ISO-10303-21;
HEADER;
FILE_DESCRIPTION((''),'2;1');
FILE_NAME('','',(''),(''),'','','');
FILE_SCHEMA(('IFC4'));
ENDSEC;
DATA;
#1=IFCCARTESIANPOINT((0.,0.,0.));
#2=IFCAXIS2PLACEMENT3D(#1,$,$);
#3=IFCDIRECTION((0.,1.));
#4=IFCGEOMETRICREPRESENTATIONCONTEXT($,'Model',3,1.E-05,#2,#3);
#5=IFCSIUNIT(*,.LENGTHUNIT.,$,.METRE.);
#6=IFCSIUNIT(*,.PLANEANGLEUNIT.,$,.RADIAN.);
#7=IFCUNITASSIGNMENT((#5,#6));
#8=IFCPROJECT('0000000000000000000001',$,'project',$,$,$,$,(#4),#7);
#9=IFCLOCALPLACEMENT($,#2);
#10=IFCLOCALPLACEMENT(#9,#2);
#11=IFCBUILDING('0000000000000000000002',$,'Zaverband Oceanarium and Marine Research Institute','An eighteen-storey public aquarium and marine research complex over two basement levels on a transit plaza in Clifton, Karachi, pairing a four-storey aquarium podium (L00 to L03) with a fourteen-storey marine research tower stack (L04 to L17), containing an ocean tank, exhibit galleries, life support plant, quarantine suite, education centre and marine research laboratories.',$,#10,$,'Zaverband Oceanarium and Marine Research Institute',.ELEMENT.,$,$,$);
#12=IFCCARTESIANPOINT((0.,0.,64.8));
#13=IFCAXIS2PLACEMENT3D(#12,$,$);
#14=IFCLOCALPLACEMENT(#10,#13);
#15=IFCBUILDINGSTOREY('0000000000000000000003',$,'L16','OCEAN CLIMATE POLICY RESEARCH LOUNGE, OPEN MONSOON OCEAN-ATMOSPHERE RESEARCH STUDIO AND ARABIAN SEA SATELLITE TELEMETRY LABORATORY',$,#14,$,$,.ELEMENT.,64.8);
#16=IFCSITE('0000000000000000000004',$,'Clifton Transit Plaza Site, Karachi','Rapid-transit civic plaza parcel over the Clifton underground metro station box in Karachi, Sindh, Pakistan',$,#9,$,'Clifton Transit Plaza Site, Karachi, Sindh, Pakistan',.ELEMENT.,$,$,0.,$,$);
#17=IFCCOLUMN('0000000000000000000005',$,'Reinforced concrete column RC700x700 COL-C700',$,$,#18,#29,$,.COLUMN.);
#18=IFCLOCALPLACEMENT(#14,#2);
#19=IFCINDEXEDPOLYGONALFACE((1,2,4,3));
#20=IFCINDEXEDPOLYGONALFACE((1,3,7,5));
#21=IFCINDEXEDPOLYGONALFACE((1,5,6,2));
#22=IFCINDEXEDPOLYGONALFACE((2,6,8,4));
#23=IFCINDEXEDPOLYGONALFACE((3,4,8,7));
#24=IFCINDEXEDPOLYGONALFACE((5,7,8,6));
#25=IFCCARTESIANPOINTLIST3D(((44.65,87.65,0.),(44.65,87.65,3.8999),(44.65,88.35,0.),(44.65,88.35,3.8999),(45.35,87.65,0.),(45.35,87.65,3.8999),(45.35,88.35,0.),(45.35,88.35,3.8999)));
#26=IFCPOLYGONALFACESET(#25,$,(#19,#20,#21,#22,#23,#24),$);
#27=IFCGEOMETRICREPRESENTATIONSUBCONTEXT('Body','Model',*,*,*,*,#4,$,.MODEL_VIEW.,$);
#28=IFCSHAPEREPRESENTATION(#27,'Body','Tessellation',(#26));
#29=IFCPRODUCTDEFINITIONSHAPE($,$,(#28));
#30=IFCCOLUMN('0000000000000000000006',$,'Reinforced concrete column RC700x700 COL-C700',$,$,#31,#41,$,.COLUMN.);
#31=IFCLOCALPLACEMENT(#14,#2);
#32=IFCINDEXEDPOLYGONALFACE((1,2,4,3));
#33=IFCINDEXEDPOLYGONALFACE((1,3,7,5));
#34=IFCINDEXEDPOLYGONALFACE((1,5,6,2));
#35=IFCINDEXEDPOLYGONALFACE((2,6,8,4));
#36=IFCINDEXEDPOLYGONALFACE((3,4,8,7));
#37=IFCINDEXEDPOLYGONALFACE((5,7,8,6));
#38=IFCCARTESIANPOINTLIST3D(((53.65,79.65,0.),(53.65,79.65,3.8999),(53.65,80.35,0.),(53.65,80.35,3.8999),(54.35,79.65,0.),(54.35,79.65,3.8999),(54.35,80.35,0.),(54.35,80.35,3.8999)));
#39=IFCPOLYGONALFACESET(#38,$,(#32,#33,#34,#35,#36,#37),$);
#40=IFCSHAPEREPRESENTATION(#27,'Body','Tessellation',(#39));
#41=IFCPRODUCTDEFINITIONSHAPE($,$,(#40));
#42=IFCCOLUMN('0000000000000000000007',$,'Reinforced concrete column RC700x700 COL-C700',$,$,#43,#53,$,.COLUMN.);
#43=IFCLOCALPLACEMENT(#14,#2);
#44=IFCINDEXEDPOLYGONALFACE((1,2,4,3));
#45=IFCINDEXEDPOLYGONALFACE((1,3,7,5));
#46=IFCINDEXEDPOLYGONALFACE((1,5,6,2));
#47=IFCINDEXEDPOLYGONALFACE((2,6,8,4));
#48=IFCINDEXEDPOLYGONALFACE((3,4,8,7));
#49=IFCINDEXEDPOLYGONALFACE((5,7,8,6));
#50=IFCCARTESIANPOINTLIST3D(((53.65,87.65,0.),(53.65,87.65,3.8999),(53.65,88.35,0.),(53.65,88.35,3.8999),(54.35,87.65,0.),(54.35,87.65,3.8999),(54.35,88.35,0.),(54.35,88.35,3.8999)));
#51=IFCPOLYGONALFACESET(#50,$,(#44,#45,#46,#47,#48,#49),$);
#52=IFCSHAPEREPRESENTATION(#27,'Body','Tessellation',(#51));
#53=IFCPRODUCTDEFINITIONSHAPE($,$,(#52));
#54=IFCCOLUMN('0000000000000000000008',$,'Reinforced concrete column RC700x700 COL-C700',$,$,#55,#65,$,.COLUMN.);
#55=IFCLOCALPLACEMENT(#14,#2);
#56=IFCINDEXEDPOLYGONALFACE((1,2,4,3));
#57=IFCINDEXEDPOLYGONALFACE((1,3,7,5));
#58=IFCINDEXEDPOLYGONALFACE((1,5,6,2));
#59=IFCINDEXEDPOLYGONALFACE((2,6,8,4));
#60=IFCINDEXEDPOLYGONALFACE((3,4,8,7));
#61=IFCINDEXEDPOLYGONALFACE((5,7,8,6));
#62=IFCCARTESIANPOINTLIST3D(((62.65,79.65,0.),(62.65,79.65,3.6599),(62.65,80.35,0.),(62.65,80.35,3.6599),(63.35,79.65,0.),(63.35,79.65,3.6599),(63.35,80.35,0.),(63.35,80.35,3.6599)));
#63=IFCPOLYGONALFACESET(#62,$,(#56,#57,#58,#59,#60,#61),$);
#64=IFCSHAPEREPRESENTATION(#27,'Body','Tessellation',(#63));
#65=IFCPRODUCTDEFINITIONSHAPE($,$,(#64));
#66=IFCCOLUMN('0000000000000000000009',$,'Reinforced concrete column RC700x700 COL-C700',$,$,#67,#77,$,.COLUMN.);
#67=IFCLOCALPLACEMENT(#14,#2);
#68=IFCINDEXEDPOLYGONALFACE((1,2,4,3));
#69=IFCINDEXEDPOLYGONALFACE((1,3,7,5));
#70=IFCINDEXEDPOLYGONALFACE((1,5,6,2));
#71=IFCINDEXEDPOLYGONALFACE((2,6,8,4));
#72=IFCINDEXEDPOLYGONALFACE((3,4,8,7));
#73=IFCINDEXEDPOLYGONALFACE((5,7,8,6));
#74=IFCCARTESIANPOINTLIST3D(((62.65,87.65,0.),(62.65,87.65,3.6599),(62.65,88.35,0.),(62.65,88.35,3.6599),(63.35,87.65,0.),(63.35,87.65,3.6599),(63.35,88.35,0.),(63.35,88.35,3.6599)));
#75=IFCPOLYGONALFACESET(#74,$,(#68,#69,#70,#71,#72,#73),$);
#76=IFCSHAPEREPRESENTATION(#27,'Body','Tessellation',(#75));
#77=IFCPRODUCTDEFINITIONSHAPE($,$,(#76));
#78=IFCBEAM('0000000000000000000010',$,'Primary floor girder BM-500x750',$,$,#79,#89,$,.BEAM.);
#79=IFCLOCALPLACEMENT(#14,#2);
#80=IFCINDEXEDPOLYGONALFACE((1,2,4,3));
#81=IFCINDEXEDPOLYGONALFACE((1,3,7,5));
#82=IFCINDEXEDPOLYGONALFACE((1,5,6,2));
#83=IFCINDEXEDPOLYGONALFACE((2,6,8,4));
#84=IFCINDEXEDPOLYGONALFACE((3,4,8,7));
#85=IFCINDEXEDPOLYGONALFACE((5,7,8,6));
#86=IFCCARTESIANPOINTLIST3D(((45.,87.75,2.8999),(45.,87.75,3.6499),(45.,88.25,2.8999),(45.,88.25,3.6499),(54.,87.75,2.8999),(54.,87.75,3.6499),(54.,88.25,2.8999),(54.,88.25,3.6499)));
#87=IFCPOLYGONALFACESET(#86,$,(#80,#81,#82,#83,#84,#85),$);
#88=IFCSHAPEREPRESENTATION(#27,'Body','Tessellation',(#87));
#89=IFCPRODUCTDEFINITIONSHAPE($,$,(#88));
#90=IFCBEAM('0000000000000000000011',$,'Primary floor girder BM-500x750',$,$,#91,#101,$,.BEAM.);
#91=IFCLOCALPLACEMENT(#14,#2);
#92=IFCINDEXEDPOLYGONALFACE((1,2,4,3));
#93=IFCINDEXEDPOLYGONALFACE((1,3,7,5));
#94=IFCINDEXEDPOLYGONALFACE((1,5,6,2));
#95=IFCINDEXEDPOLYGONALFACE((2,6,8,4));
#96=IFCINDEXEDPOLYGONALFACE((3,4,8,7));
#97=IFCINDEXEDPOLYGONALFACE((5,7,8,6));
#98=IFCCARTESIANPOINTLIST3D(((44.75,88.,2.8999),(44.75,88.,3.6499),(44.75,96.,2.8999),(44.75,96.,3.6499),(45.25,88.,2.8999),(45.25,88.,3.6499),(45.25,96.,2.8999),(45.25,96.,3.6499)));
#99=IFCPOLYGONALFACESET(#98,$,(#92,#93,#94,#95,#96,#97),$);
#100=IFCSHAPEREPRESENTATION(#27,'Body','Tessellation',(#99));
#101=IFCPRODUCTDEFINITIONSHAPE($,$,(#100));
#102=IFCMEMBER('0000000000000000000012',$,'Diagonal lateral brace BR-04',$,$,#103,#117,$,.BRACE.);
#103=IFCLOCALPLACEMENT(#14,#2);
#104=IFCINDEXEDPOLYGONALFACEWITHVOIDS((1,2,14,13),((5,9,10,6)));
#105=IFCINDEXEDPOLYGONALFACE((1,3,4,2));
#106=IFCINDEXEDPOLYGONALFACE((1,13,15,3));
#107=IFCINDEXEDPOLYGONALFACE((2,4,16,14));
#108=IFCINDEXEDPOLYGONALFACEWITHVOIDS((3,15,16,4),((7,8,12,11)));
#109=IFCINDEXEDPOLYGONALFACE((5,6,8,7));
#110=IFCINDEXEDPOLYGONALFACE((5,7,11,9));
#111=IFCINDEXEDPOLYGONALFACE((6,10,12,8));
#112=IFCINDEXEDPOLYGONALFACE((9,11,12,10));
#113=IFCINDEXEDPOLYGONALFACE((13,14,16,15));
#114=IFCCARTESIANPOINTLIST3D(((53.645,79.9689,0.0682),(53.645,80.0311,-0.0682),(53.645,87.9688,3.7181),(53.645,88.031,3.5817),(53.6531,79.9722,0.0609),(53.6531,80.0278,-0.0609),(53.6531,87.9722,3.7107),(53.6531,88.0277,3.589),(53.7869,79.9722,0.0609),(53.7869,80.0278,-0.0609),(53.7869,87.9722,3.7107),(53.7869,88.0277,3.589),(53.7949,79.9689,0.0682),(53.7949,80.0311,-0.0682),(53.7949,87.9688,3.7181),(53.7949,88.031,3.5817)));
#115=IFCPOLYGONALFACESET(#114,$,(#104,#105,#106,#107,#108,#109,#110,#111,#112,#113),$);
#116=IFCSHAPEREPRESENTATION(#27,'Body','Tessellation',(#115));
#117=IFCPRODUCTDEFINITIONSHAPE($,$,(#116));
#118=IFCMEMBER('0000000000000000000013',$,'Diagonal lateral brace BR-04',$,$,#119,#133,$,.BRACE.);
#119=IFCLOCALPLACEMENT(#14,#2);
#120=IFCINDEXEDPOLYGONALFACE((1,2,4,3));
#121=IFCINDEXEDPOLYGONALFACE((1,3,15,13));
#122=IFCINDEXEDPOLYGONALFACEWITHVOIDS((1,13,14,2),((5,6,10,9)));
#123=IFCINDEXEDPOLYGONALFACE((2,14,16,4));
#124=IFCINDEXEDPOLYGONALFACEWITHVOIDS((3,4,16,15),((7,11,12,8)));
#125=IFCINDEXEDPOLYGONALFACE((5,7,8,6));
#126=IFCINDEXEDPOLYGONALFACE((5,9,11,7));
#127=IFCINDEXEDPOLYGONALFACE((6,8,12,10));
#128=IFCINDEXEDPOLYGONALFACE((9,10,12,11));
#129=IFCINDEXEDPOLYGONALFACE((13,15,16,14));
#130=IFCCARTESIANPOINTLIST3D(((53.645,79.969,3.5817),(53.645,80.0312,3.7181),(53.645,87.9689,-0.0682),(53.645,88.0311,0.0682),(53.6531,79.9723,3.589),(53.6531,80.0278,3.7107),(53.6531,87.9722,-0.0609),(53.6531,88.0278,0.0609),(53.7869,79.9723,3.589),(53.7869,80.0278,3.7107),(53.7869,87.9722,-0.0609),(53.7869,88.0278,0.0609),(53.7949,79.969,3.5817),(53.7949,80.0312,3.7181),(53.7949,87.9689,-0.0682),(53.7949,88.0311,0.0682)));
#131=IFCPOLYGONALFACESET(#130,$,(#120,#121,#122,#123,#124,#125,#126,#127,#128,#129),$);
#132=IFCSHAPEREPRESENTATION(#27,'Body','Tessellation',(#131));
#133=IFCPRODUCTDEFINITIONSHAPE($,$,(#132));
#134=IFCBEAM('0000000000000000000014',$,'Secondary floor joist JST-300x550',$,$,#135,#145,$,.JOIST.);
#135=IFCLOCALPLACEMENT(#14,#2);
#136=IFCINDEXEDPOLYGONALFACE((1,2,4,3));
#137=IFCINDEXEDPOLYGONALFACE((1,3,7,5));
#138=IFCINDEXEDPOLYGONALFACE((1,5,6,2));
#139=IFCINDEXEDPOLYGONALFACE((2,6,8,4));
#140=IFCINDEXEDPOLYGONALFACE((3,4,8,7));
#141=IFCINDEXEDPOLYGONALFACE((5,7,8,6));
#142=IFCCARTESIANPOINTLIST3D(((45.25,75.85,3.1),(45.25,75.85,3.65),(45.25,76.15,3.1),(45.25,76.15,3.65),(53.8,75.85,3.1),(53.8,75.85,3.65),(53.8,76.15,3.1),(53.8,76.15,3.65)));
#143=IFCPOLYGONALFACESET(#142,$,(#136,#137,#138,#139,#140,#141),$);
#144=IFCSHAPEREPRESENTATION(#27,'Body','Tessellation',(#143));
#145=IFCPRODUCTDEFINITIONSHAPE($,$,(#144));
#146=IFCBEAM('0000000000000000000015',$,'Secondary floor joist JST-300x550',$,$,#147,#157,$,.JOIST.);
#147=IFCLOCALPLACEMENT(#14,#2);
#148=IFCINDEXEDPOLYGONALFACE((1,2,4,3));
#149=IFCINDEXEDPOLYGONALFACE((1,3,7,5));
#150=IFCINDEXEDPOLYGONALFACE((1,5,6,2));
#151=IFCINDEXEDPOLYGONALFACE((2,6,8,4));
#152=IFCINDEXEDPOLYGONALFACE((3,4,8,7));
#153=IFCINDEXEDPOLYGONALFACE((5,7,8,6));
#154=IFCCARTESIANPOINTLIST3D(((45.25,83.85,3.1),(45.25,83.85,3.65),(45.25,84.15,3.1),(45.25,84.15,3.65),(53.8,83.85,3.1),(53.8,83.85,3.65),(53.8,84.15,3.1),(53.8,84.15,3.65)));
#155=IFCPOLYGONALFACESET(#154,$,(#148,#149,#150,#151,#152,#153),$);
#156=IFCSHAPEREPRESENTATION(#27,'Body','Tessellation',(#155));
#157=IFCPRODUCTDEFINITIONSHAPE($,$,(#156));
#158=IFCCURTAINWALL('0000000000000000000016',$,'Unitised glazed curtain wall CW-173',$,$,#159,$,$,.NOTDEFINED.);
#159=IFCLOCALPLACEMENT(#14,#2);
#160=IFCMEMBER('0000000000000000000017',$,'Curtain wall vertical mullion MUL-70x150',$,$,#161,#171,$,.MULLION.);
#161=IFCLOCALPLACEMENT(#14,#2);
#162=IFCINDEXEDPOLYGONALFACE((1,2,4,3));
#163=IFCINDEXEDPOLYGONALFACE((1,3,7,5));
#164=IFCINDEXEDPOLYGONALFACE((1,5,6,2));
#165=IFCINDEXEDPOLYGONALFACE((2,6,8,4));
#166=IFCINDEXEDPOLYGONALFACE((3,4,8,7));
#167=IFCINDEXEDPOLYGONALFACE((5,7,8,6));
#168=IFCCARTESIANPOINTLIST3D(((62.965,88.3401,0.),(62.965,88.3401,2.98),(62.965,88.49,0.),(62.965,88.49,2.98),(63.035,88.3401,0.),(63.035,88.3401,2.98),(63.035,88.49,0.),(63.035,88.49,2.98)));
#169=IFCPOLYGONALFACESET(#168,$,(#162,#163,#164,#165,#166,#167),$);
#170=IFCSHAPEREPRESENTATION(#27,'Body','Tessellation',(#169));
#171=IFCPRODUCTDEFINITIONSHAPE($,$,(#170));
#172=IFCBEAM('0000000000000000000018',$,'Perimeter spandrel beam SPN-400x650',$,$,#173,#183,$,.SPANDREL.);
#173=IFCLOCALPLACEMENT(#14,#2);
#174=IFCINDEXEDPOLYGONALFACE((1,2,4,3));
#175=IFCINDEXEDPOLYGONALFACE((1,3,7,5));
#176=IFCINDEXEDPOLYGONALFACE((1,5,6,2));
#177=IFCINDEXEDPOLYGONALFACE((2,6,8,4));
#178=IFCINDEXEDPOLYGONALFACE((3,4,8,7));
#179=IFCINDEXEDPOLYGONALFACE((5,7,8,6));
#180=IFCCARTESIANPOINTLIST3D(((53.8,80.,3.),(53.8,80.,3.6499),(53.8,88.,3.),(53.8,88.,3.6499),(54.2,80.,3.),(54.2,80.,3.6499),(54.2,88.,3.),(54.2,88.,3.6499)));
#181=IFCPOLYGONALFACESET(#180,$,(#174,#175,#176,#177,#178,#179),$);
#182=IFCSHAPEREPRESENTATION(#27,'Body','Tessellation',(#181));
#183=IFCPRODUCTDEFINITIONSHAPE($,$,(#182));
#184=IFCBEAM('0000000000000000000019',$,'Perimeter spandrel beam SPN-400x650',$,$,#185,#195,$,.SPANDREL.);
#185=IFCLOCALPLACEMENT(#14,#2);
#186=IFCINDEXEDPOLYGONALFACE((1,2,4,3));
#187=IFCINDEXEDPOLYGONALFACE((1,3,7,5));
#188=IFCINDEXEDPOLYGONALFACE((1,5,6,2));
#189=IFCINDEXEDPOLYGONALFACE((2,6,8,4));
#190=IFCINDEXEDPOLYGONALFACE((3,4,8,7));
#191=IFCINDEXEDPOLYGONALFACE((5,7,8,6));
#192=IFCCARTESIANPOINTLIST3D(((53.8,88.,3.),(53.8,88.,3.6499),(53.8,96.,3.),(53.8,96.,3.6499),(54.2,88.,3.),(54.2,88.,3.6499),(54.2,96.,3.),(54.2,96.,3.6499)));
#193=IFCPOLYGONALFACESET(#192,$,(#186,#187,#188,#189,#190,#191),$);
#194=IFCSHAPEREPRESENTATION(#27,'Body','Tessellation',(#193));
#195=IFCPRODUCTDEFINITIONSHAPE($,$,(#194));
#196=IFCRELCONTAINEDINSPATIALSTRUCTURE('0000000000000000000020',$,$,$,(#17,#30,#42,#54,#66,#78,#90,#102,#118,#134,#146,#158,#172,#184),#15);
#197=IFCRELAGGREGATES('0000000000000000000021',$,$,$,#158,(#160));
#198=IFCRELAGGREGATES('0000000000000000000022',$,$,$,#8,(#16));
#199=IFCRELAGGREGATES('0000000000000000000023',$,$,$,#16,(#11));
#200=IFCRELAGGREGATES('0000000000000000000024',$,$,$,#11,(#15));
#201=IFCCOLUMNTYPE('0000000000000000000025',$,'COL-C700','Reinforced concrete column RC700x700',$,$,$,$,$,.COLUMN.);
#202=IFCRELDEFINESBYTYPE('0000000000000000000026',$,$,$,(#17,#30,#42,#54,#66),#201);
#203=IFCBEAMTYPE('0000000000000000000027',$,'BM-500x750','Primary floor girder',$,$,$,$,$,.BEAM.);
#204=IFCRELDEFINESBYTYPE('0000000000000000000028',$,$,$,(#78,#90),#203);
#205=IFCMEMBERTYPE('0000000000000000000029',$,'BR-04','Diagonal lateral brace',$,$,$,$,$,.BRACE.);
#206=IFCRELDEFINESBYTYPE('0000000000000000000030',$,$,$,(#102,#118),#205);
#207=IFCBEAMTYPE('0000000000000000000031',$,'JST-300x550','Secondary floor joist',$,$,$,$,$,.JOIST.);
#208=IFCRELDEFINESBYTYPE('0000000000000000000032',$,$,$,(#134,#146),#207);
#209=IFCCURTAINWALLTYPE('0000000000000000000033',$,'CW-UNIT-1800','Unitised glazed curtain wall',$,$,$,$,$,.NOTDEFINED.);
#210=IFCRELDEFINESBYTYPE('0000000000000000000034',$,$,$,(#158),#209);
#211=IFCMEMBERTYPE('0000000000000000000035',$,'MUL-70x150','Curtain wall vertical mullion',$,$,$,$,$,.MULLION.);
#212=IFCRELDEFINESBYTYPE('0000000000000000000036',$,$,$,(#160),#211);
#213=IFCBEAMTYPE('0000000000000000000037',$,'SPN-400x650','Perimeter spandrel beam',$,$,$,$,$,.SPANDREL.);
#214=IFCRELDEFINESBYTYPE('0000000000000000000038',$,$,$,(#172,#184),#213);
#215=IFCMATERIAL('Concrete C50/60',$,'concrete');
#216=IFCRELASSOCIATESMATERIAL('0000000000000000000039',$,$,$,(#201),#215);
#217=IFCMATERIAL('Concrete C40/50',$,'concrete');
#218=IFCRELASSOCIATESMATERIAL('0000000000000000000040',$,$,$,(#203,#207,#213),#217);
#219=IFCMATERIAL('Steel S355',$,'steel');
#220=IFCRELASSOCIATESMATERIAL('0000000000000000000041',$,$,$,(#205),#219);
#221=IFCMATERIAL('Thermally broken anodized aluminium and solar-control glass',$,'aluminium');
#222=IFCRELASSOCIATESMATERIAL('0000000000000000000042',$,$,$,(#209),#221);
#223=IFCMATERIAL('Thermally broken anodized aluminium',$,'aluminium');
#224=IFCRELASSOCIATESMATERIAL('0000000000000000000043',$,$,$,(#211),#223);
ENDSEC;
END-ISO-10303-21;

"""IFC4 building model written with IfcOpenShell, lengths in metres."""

from ifc_helpers import new_model, si_unit, direction, frame, origin, origin_2d, place, context, subcontext, project, spatial, rectangle, hollow_rectangle, extrude, material, material_profile, profile_set, type_object, element, aggregate, save


model = new_model("IFC4")

# Units and contexts
model_context = context("Model", 3, precision=1e-05, world=origin(), true_north=direction((0.0, 1.0)))
body_context = subcontext(model_context, "Body", "Model", "MODEL_VIEW")
ifc_project = project(units=[si_unit("LENGTHUNIT", "METRE"), si_unit("PLANEANGLEUNIT", "RADIAN")], contexts=[model_context])

# Site, building, storey
site_placement = place(None, origin())
site = spatial("IfcSite", under=ifc_project, at=site_placement, Name="Clifton Transit Plaza Site, Karachi", Description="Rapid-transit civic plaza parcel over the Clifton underground metro station box in Karachi, Sindh, Pakistan", LongName="Clifton Transit Plaza Site, Karachi, Sindh, Pakistan", CompositionType="ELEMENT", RefElevation=0.0)
building_placement = place(site_placement, origin())
building = spatial("IfcBuilding", under=site, at=building_placement, Name="Zaverband Oceanarium and Marine Research Institute", Description="An eighteen-storey public aquarium and marine research complex over two basement levels on a transit plaza in Clifton, Karachi, pairing a four-storey aquarium podium (L00 to L03) with a fourteen-storey marine research tower stack (L04 to L17), containing an ocean tank, exhibit galleries, life support plant, quarantine suite, education centre and marine research laboratories.", LongName="Zaverband Oceanarium and Marine Research Institute", CompositionType="ELEMENT")
storey_placement = place(building_placement, frame((0.0, 0.0, 64.8)))
storey = spatial("IfcBuildingStorey", under=building, at=storey_placement, Name="L16", Description="OCEAN CLIMATE POLICY RESEARCH LOUNGE, OPEN MONSOON OCEAN-ATMOSPHERE RESEARCH STUDIO AND ARABIAN SEA SATELLITE TELEMETRY LABORATORY", CompositionType="ELEMENT", Elevation=64.8)

# Columns
ifc_material_1 = material(Name="Concrete C50/60", Category="concrete")
ifc_material_profile_1 = material_profile(ifc_material_1, rectangle(XDim=0.7, YDim=0.7, at=origin_2d()), Name="RC700x700")
ifc_profile_set_1 = profile_set([ifc_material_profile_1], Name="Concrete C50/60")
column_type = type_object("IfcColumnType", Name="COL-C700", Description="Reinforced concrete column RC700x700", PredefinedType="COLUMN", material=ifc_profile_set_1)
for number, where, z_axis, x_axis, name in (
    (1, (45.0, 88.0, 0.0), (0.0, 0.0, 1.0), (1.0, 0.0, 0.0), "Reinforced concrete column RC700x700 COL-C700"),
    (2, (54.0, 80.0, 0.0), (0.0, 0.0, 1.0), (1.0, 0.0, 0.0), "Reinforced concrete column RC700x700 COL-C700"),
    (3, (54.0, 88.0, 0.0), (0.0, 0.0, 1.0), (1.0, 0.0, 0.0), "Reinforced concrete column RC700x700 COL-C700"),
):
    element("IfcColumn", number, at=place(storey_placement, frame(where, z_axis=z_axis, x_axis=x_axis)), inside=storey, type_object=column_type, Name=name, PredefinedType="COLUMN", context=body_context, shape_type="SweptSolid", body=[
        extrude(rectangle(XDim=0.7, YDim=0.7, at=origin_2d()), origin(), (0.0, 0.0, 1.0), 3.8999),
    ])
for number, where, z_axis, x_axis, name in (
    (4, (63.0, 80.0, 0.0), (0.0, 0.0, 1.0), (1.0, 0.0, 0.0), "Reinforced concrete column RC700x700 COL-C700"),
    (5, (63.0, 88.0, 0.0), (0.0, 0.0, 1.0), (1.0, 0.0, 0.0), "Reinforced concrete column RC700x700 COL-C700"),
):
    element("IfcColumn", number, at=place(storey_placement, frame(where, z_axis=z_axis, x_axis=x_axis)), inside=storey, type_object=column_type, Name=name, PredefinedType="COLUMN", context=body_context, shape_type="SweptSolid", body=[
        extrude(rectangle(XDim=0.7, YDim=0.7, at=origin_2d()), origin(), (0.0, 0.0, 1.0), 3.6599),
    ])

# Beams
ifc_material_2 = material(Name="Concrete C40/50", Category="concrete")
ifc_material_profile_2 = material_profile(ifc_material_2, rectangle(XDim=0.5, YDim=0.75, at=origin_2d()), Name="RC500x750")
ifc_profile_set_2 = profile_set([ifc_material_profile_2], Name="Concrete C40/50")
beam_type_1 = type_object("IfcBeamType", Name="BM-500x750", Description="Primary floor girder", PredefinedType="BEAM", material=ifc_profile_set_2)
beam_1_placement = place(storey_placement, frame((45.0, 88.0, 3.2749), z_axis=(1.0, 0.0, 0.0), x_axis=(0.0, 1.0, 0.0)))
element("IfcBeam", 6, at=beam_1_placement, inside=storey, type_object=beam_type_1, Name="Primary floor girder BM-500x750", PredefinedType="BEAM", context=body_context, shape_type="SweptSolid", body=[
    extrude(rectangle(XDim=0.5, YDim=0.75, at=origin_2d()), origin(), (0.0, 0.0, 1.0), 9.0),
])
beam_2_placement = place(storey_placement, frame((45.0, 88.0, 3.2749), z_axis=(0.0, 1.0, 0.0), x_axis=(-1.0, 0.0, 0.0)))
element("IfcBeam", 7, at=beam_2_placement, inside=storey, type_object=beam_type_1, Name="Primary floor girder BM-500x750", PredefinedType="BEAM", context=body_context, shape_type="SweptSolid", body=[
    extrude(rectangle(XDim=0.5, YDim=0.75, at=origin_2d()), origin(), (0.0, 0.0, 1.0), 8.0),
])

# Members
ifc_material_3 = material(Name="Steel S355", Category="steel")
ifc_material_profile_3 = material_profile(ifc_material_3, hollow_rectangle(XDim=0.1499, YDim=0.1499, WallThickness=0.0081, at=origin_2d()), Name="SHS150x150x8")
ifc_profile_set_3 = profile_set([ifc_material_profile_3], Name="Steel S355")
member_type_1 = type_object("IfcMemberType", Name="BR-04", Description="Diagonal lateral brace", PredefinedType="BRACE", material=ifc_profile_set_3)
for number, where, z_axis, x_axis, name in (
    (8, (53.72, 80.0, 0.0), (0.0, 0.909786, 0.415079), (-1.0, 0.0, 0.0), "Diagonal lateral brace BR-04"),
    (9, (53.72, 88.0, 0.0), (0.0, -0.909786, 0.415079), (1.0, 0.0, 0.0), "Diagonal lateral brace BR-04"),
):
    element("IfcMember", number, at=place(storey_placement, frame(where, z_axis=z_axis, x_axis=x_axis)), inside=storey, type_object=member_type_1, Name=name, PredefinedType="BRACE", context=body_context, shape_type="SweptSolid", body=[
        extrude(hollow_rectangle(XDim=0.1499, YDim=0.1499, WallThickness=0.0081, at=origin_2d()), origin(), (0.0, 0.0, 1.0), 8.7932),
    ])

# Beams
ifc_material_profile_4 = material_profile(ifc_material_2, rectangle(XDim=0.3, YDim=0.55, at=origin_2d()), Name="RC300x550")
ifc_profile_set_4 = profile_set([ifc_material_profile_4], Name="Concrete C40/50")
beam_type_2 = type_object("IfcBeamType", Name="JST-300x550", Description="Secondary floor joist", PredefinedType="JOIST", material=ifc_profile_set_4)
for number, where, z_axis, x_axis, name in (
    (10, (45.25, 76.0, 3.375), (1.0, 0.0, 0.0), (0.0, 1.0, 0.0), "Secondary floor joist JST-300x550"),
    (11, (45.25, 84.0, 3.375), (1.0, 0.0, 0.0), (0.0, 1.0, 0.0), "Secondary floor joist JST-300x550"),
):
    element("IfcBeam", number, at=place(storey_placement, frame(where, z_axis=z_axis, x_axis=x_axis)), inside=storey, type_object=beam_type_2, Name=name, PredefinedType="JOIST", context=body_context, shape_type="SweptSolid", body=[
        extrude(rectangle(XDim=0.3, YDim=0.55, at=origin_2d()), origin(), (0.0, 0.0, 1.0), 8.55),
    ])

# Curtain wall, member
ifc_material_4 = material(Name="Thermally broken anodized aluminium and solar-control glass", Category="aluminium")
curtain_wall_type = type_object("IfcCurtainWallType", Name="CW-UNIT-1800", Description="Unitised glazed curtain wall", PredefinedType="NOTDEFINED", material=ifc_material_4)
curtain_wall_placement = place(storey_placement, origin())
curtain_wall = element("IfcCurtainWall", 12, at=curtain_wall_placement, inside=storey, type_object=curtain_wall_type, Name="Unitised glazed curtain wall CW-173", PredefinedType="NOTDEFINED")
ifc_material_5 = material(Name="Thermally broken anodized aluminium", Category="aluminium")
ifc_material_profile_5 = material_profile(ifc_material_5, rectangle(XDim=0.0701, YDim=0.1499, at=origin_2d()), Name="AL-MUL-70x150")
ifc_profile_set_5 = profile_set([ifc_material_profile_5], Name="Thermally broken anodized aluminium")
member_type_2 = type_object("IfcMemberType", Name="MUL-70x150", Description="Curtain wall vertical mullion", PredefinedType="MULLION", material=ifc_profile_set_5)
member_1_placement = place(storey_placement, frame((63.0, 88.415, 0.0), z_axis=(0.0, 0.0, 1.0), x_axis=(1.0, 0.0, 0.0)))
member_1 = element("IfcMember", 13, at=member_1_placement, type_object=member_type_2, Name="Curtain wall vertical mullion MUL-70x150", PredefinedType="MULLION", context=body_context, shape_type="SweptSolid", body=[
    extrude(rectangle(XDim=0.0701, YDim=0.1499, at=origin_2d()), origin(), (0.0, 0.0, 1.0), 2.98),
])

# Beams
ifc_material_profile_6 = material_profile(ifc_material_2, rectangle(XDim=0.3999, YDim=0.6499, at=origin_2d()), Name="RC400x650")
ifc_profile_set_6 = profile_set([ifc_material_profile_6], Name="Concrete C40/50")
beam_type_3 = type_object("IfcBeamType", Name="SPN-400x650", Description="Perimeter spandrel beam", PredefinedType="SPANDREL", material=ifc_profile_set_6)
for number, where, z_axis, x_axis, name in (
    (14, (54.0, 80.0, 3.325), (0.0, 1.0, 0.0), (-1.0, 0.0, 0.0), "Perimeter spandrel beam SPN-400x650"),
    (15, (54.0, 88.0, 3.325), (0.0, 1.0, 0.0), (-1.0, 0.0, 0.0), "Perimeter spandrel beam SPN-400x650"),
):
    element("IfcBeam", number, at=place(storey_placement, frame(where, z_axis=z_axis, x_axis=x_axis)), inside=storey, type_object=beam_type_3, Name=name, PredefinedType="SPANDREL", context=body_context, shape_type="SweptSolid", body=[
        extrude(rectangle(XDim=0.3999, YDim=0.6499, at=origin_2d()), origin(), (0.0, 0.0, 1.0), 8.0),
    ])

aggregate(curtain_wall, [member_1])

save(model, "model.ifc")
